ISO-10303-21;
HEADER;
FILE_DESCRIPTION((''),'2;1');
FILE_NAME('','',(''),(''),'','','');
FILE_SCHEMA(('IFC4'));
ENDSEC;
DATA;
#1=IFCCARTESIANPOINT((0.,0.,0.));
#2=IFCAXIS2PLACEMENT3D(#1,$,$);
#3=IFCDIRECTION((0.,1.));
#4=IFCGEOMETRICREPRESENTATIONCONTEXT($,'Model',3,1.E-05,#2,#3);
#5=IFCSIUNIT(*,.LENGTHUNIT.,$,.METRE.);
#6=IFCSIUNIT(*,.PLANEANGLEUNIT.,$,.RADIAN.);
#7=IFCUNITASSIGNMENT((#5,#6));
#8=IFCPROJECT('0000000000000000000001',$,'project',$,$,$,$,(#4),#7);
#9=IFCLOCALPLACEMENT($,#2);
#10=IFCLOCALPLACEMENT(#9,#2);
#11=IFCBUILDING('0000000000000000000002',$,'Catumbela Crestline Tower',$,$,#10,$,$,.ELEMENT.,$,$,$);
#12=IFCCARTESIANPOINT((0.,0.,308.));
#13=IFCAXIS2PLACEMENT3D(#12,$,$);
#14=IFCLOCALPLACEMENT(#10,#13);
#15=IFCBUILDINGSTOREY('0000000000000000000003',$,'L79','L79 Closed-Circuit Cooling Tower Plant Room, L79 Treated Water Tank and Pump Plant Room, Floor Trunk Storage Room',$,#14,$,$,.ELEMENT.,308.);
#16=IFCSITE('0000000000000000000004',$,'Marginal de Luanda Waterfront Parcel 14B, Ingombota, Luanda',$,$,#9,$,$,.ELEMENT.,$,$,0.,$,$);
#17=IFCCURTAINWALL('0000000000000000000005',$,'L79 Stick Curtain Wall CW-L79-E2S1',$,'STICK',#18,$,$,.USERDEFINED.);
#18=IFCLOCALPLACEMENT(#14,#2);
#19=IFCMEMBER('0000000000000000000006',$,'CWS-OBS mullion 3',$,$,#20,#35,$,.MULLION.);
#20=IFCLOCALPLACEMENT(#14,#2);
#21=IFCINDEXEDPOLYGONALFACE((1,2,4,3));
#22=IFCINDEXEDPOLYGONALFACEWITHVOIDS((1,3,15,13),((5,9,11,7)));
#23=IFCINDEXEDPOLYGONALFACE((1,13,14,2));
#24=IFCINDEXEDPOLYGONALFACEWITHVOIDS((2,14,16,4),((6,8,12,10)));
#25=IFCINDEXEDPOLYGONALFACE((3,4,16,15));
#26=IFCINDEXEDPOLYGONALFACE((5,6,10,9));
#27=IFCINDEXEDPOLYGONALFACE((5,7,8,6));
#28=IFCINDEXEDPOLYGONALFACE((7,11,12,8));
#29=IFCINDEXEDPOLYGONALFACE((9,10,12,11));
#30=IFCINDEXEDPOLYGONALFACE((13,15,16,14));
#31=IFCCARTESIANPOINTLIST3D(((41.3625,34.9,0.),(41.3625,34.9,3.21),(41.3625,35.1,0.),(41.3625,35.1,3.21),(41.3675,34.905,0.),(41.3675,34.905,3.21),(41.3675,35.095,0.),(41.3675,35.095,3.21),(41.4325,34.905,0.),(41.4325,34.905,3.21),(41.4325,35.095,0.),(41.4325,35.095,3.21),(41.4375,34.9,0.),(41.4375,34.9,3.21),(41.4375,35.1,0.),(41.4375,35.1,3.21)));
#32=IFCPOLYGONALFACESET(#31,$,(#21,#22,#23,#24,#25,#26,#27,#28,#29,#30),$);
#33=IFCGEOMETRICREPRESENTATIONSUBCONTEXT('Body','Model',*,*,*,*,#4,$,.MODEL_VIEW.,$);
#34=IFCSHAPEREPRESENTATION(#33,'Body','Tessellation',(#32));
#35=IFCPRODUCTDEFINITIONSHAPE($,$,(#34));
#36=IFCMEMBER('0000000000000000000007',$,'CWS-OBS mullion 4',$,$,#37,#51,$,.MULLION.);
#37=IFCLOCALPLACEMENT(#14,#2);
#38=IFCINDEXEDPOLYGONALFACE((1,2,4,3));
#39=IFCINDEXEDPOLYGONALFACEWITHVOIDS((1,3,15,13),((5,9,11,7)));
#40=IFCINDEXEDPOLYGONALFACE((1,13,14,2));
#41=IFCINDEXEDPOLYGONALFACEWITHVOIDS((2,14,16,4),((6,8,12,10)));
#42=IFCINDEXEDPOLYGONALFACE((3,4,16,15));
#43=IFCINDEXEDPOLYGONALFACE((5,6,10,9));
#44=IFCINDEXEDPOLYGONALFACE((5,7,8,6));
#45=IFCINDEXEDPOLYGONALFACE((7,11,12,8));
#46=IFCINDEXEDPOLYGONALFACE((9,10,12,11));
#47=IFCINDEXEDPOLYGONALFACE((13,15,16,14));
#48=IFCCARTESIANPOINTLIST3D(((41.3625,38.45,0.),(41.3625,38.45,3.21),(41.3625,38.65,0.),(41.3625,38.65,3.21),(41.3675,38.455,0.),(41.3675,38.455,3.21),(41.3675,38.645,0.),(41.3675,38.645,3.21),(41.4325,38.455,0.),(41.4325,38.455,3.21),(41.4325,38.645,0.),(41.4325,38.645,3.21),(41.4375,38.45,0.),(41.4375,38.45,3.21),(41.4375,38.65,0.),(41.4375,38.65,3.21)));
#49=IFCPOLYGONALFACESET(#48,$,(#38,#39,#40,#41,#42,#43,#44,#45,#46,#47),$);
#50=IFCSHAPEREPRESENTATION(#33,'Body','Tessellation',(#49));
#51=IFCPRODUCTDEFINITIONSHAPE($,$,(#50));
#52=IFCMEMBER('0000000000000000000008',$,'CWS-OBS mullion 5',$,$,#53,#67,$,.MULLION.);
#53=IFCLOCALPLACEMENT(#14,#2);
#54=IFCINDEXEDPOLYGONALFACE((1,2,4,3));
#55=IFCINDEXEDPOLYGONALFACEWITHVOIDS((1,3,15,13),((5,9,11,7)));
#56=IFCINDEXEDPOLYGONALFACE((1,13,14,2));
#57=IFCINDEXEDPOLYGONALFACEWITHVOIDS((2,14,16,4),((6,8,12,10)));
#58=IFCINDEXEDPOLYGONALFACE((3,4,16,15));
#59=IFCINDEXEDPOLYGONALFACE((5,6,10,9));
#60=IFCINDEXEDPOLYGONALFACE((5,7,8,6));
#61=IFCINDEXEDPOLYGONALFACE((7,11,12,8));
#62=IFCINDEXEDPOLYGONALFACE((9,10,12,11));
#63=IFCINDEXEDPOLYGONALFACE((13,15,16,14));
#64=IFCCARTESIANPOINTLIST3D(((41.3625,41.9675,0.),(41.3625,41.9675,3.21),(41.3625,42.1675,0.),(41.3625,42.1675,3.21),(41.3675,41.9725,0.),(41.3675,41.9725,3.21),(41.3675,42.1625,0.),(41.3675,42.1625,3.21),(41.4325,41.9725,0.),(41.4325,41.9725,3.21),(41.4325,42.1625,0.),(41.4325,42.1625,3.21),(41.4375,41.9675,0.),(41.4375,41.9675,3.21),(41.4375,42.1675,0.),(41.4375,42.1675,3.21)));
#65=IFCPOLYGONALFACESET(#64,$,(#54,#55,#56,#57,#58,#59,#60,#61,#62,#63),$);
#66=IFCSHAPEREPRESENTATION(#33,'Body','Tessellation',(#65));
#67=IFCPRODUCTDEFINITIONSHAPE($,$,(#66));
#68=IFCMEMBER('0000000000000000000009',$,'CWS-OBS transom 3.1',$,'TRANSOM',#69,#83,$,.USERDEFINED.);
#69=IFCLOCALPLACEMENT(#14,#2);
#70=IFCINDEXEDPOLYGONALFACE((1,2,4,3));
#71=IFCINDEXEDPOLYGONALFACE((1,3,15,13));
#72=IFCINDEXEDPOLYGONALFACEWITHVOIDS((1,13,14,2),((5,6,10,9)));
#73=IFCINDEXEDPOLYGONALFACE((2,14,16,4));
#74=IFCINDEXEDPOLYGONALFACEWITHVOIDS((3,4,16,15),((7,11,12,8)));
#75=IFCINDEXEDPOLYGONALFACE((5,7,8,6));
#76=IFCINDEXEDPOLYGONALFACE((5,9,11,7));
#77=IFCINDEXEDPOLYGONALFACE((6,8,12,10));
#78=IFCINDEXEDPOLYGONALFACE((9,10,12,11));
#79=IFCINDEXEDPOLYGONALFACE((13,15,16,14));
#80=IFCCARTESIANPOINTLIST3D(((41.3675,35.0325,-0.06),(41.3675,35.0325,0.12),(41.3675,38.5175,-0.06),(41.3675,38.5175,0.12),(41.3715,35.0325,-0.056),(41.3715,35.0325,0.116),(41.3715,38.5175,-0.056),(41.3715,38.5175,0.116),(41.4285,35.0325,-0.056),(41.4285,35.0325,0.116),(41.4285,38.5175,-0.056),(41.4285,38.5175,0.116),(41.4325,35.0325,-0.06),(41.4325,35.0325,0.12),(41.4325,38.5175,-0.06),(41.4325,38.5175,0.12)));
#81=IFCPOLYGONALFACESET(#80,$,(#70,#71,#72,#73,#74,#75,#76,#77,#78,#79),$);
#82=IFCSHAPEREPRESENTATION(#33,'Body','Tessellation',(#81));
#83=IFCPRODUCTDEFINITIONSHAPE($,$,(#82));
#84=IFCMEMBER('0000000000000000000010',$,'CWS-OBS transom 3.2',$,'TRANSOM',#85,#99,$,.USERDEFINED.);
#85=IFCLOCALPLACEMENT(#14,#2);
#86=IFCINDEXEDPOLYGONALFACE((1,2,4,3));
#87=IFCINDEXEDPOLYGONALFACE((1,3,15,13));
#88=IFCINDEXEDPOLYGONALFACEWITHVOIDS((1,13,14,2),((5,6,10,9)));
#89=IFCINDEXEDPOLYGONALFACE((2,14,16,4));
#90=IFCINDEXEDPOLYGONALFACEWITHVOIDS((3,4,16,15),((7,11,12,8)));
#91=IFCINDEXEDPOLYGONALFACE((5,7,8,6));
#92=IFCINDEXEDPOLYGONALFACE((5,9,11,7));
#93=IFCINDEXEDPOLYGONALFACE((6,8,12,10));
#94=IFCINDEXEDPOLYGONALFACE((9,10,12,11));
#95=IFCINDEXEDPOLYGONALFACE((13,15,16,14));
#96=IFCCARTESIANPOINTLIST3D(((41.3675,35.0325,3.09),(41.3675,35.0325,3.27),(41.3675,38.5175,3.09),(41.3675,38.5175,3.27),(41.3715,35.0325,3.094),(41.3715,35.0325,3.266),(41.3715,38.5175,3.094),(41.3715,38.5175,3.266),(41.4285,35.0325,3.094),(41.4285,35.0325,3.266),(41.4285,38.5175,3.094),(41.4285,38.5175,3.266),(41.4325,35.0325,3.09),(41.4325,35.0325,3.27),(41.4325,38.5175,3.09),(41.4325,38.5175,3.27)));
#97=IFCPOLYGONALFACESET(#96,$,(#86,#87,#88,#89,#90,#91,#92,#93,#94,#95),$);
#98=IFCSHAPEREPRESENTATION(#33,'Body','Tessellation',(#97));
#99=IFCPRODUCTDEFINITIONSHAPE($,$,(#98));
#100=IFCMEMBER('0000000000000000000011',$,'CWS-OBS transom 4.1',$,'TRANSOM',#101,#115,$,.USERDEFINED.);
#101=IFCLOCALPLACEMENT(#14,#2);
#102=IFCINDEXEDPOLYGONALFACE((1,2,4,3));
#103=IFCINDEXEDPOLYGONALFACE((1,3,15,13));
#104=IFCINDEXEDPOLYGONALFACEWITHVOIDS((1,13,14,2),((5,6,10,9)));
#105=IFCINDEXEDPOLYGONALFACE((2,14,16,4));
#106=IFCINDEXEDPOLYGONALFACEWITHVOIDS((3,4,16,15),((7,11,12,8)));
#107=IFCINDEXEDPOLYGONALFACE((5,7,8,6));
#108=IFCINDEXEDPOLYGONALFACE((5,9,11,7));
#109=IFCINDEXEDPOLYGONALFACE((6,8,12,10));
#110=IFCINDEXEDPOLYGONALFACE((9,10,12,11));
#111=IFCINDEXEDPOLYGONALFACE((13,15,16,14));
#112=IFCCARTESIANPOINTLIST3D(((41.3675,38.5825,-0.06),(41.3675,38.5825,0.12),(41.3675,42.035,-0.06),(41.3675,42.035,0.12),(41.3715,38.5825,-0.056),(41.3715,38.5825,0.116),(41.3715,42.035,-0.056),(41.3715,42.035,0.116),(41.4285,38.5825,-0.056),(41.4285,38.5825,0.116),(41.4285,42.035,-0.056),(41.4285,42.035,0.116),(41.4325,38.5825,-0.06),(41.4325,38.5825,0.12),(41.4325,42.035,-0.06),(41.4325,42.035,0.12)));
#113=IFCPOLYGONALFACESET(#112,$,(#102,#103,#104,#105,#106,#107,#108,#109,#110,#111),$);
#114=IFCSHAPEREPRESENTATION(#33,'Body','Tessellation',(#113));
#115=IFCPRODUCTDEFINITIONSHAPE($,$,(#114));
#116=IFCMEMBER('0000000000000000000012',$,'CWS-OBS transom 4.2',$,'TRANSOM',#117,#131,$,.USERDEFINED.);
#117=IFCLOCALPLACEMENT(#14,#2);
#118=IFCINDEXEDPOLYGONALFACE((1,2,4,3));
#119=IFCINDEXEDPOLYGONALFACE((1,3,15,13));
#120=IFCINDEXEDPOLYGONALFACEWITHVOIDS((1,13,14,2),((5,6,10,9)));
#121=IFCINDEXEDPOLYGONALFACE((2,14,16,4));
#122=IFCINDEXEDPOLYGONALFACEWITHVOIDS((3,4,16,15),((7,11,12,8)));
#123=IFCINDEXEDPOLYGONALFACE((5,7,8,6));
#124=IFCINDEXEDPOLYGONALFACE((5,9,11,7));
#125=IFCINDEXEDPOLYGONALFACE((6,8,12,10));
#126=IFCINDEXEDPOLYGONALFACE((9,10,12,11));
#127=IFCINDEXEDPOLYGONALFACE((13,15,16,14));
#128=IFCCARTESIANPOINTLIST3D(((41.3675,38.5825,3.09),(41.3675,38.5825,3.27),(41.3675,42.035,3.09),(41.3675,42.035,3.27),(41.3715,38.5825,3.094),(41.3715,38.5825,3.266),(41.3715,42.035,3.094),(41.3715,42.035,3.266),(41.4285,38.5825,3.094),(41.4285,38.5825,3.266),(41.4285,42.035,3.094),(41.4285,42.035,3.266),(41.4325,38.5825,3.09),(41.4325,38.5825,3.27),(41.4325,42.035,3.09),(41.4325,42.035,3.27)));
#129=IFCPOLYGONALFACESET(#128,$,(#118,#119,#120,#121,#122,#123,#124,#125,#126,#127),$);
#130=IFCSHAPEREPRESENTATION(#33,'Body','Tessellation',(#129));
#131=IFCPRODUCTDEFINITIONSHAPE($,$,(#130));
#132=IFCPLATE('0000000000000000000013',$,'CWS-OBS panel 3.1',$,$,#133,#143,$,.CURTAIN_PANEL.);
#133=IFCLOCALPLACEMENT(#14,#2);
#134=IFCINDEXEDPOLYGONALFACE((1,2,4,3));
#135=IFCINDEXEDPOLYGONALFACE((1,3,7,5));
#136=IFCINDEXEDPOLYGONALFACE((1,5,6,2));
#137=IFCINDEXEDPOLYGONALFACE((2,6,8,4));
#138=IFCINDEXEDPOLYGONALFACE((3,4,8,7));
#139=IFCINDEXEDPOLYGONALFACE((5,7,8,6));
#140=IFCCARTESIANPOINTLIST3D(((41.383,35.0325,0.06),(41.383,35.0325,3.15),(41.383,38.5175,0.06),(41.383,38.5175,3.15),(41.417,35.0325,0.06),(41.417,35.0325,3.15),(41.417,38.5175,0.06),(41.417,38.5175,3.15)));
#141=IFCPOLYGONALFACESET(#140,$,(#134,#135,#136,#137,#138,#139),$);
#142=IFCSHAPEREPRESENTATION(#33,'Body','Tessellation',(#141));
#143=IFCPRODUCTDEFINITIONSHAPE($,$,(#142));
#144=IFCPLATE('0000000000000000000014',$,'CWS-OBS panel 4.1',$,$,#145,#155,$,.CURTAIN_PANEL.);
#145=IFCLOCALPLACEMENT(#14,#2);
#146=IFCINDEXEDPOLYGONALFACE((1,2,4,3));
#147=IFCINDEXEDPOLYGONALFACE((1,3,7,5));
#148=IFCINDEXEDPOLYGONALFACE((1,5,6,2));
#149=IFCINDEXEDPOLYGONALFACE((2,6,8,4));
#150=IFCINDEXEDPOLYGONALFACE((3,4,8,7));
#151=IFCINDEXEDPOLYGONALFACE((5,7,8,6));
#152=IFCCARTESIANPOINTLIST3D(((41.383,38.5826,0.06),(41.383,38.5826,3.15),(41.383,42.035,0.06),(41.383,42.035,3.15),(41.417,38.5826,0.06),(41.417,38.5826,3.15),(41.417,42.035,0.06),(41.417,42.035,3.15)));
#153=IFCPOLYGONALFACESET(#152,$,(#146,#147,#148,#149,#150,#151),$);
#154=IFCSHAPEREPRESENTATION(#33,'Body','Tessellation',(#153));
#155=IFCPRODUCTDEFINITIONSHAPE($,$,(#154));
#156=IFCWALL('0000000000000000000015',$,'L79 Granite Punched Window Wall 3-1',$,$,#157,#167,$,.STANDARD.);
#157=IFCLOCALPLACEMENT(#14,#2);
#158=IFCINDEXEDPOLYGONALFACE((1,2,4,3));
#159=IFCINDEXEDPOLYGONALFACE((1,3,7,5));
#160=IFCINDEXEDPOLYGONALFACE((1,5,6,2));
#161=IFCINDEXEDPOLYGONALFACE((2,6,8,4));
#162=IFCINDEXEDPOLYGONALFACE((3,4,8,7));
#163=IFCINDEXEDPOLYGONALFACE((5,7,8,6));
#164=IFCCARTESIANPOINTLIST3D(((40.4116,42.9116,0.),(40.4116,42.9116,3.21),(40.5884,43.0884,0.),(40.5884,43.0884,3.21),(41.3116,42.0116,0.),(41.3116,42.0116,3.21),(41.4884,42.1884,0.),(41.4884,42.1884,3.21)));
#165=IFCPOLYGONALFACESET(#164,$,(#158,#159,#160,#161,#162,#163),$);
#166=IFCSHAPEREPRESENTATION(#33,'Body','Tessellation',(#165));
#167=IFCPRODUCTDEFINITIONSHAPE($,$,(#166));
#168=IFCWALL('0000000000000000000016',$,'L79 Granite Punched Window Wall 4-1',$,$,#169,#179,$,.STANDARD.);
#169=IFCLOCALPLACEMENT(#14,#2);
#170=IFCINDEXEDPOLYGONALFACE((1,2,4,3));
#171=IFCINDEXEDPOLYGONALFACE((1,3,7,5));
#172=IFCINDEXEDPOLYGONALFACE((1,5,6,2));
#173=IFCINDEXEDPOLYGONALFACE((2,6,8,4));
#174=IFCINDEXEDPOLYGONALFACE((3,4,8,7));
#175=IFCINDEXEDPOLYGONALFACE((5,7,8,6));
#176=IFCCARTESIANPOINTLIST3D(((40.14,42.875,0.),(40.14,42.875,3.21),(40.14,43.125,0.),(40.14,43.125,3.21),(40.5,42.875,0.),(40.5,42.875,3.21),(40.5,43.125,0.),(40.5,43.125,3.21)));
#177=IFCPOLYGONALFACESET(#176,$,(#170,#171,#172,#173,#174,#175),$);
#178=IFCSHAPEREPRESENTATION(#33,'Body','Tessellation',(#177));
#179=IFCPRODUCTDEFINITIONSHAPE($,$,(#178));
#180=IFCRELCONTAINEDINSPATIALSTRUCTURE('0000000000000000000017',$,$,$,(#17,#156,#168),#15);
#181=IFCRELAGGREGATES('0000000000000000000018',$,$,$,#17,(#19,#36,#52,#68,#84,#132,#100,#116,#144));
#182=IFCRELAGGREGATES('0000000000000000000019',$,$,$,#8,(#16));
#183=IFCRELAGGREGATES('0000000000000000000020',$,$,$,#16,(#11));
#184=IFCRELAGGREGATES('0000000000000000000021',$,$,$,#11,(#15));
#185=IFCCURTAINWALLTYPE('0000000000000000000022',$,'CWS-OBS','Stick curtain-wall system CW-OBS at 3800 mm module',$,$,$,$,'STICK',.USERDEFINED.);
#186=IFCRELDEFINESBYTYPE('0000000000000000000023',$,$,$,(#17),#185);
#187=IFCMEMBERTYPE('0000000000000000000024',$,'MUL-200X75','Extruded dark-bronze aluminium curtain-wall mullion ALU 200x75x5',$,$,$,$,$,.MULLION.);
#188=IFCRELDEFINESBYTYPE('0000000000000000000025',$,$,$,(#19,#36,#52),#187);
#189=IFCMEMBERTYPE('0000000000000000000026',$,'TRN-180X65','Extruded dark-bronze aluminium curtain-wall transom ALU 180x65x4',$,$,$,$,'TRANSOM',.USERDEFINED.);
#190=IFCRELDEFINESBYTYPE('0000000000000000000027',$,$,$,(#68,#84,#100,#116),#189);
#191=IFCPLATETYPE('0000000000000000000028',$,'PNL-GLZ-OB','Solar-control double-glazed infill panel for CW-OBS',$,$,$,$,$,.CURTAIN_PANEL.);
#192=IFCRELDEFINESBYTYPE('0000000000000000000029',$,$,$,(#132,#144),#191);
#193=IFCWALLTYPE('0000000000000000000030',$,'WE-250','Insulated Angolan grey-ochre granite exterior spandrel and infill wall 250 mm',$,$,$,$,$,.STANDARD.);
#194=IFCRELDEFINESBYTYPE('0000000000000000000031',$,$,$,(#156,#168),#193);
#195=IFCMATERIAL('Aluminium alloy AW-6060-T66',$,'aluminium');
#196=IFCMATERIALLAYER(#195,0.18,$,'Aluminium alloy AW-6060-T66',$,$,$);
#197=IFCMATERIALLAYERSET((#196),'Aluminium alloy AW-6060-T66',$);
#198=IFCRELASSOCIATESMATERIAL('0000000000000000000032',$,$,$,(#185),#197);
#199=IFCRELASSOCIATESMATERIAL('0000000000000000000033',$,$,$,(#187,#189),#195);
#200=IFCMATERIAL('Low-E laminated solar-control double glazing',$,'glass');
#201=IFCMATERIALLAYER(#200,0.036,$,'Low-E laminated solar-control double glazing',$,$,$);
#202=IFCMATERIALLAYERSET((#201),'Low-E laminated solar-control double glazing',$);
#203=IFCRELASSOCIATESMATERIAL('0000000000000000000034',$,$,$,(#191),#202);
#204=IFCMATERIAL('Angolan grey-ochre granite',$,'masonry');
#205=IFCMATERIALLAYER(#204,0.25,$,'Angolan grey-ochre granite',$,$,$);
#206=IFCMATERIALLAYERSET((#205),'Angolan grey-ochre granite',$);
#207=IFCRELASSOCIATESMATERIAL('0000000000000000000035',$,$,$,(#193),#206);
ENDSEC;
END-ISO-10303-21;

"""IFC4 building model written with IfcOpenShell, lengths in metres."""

from ifc_helpers import new_model, si_unit, direction, frame, frame_2d, origin, origin_2d, place, context, subcontext, project, spatial, rectangle, hollow_rectangle, extrude, material, layer, layer_set, material_profile, profile_set, type_object, element, aggregate, save


model = new_model("IFC4")

# Units and contexts
model_context = context("Model", 3, precision=1e-05, world=origin(), true_north=direction((0.0, 1.0)))
body_context = subcontext(model_context, "Body", "Model", "MODEL_VIEW")
ifc_project = project(units=[si_unit("LENGTHUNIT", "METRE"), si_unit("PLANEANGLEUNIT", "RADIAN")], contexts=[model_context])

# Site, building, storey
site_placement = place(None, origin())
site = spatial("IfcSite", under=ifc_project, at=site_placement, Name="Marginal de Luanda Waterfront Parcel 14B, Ingombota, Luanda", CompositionType="ELEMENT", RefElevation=0.0)
building_placement = place(site_placement, origin())
building = spatial("IfcBuilding", under=site, at=building_placement, Name="Catumbela Crestline Tower", CompositionType="ELEMENT")
storey_placement = place(building_placement, frame((0.0, 0.0, 308.0)))
storey = spatial("IfcBuildingStorey", under=building, at=storey_placement, Name="L79", Description="L79 Closed-Circuit Cooling Tower Plant Room, L79 Treated Water Tank and Pump Plant Room, Floor Trunk Storage Room", CompositionType="ELEMENT", Elevation=308.0)

# Curtain wall, members, plates
ifc_material_1 = material(Name="Aluminium alloy AW-6060-T66", Category="aluminium")
ifc_layer_1 = layer(ifc_material_1, 0.18, Name="Aluminium alloy AW-6060-T66")
ifc_layer_set_1 = layer_set([ifc_layer_1], Name="Aluminium alloy AW-6060-T66")
curtain_wall_type = type_object("IfcCurtainWallType", Name="CWS-OBS", Description="Stick curtain-wall system CW-OBS at 3800 mm module", ElementType="STICK", PredefinedType="USERDEFINED", material=ifc_layer_set_1)
curtain_wall_placement = place(storey_placement, origin())
curtain_wall = element("IfcCurtainWall", 1, at=curtain_wall_placement, inside=storey, type_object=curtain_wall_type, Name="L79 Stick Curtain Wall CW-L79-E2S1", ObjectType="STICK", PredefinedType="USERDEFINED")
ifc_material_profile_1 = material_profile(ifc_material_1, hollow_rectangle(XDim=0.075, YDim=0.2, WallThickness=0.005, at=origin_2d()), Name="ALU 200x75x5")
ifc_profile_set_1 = profile_set([ifc_material_profile_1], Name="Aluminium alloy AW-6060-T66")
member_type_1 = type_object("IfcMemberType", Name="MUL-200X75", Description="Extruded dark-bronze aluminium curtain-wall mullion ALU 200x75x5", PredefinedType="MULLION", material=ifc_profile_set_1)
member_1_placement = place(storey_placement, frame((41.4, 35.0, 0.0), z_axis=(0.0, 0.0, 1.0), x_axis=(-1.0, 0.0, 0.0)))
member_1 = element("IfcMember", 2, at=member_1_placement, type_object=member_type_1, Name="CWS-OBS mullion 3", PredefinedType="MULLION", context=body_context, shape_type="SweptSolid", body=[
    extrude(hollow_rectangle(XDim=0.075, YDim=0.2, WallThickness=0.005, at=origin_2d()), origin(), (0.0, 0.0, 1.0), 3.21),
])
member_2_placement = place(storey_placement, frame((41.4, 38.55, 0.0), z_axis=(0.0, 0.0, 1.0), x_axis=(-1.0, 0.0, 0.0)))
member_2 = element("IfcMember", 3, at=member_2_placement, type_object=member_type_1, Name="CWS-OBS mullion 4", PredefinedType="MULLION", context=body_context, shape_type="SweptSolid", body=[
    extrude(hollow_rectangle(XDim=0.075, YDim=0.2, WallThickness=0.005, at=origin_2d()), origin(), (0.0, 0.0, 1.0), 3.21),
])
member_3_placement = place(storey_placement, frame((41.4, 42.0675, 0.0), z_axis=(0.0, 0.0, 1.0), x_axis=(-1.0, 0.0, 0.0)))
member_3 = element("IfcMember", 4, at=member_3_placement, type_object=member_type_1, Name="CWS-OBS mullion 5", PredefinedType="MULLION", context=body_context, shape_type="SweptSolid", body=[
    extrude(hollow_rectangle(XDim=0.075, YDim=0.2, WallThickness=0.005, at=origin_2d()), origin(), (0.0, 0.0, 1.0), 3.21),
])
ifc_material_profile_2 = material_profile(ifc_material_1, hollow_rectangle(XDim=0.065, YDim=0.18, WallThickness=0.004, at=origin_2d()), Name="ALU 180x65x4")
ifc_profile_set_2 = profile_set([ifc_material_profile_2], Name="Aluminium alloy AW-6060-T66")
member_type_2 = type_object("IfcMemberType", Name="TRN-180X65", Description="Extruded dark-bronze aluminium curtain-wall transom ALU 180x65x4", ElementType="TRANSOM", PredefinedType="USERDEFINED", material=ifc_profile_set_2)
member_4_placement = place(storey_placement, frame((41.4, 35.0325, 0.03), z_axis=(0.0, 1.0, 0.0), x_axis=(-1.0, 0.0, 0.0)))
member_4 = element("IfcMember", 5, at=member_4_placement, type_object=member_type_2, Name="CWS-OBS transom 3.1", ObjectType="TRANSOM", PredefinedType="USERDEFINED", context=body_context, shape_type="SweptSolid", body=[
    extrude(hollow_rectangle(XDim=0.065, YDim=0.18, WallThickness=0.004, at=origin_2d()), origin(), (0.0, 0.0, 1.0), 3.485),
])
member_5_placement = place(storey_placement, frame((41.4, 35.0325, 3.18), z_axis=(0.0, 1.0, 0.0), x_axis=(-1.0, 0.0, 0.0)))
member_5 = element("IfcMember", 6, at=member_5_placement, type_object=member_type_2, Name="CWS-OBS transom 3.2", ObjectType="TRANSOM", PredefinedType="USERDEFINED", context=body_context, shape_type="SweptSolid", body=[
    extrude(hollow_rectangle(XDim=0.065, YDim=0.18, WallThickness=0.004, at=origin_2d()), origin(), (0.0, 0.0, 1.0), 3.485),
])
member_6_placement = place(storey_placement, frame((41.4, 38.5825, 0.03), z_axis=(0.0, 1.0, 0.0), x_axis=(-1.0, 0.0, 0.0)))
member_6 = element("IfcMember", 7, at=member_6_placement, type_object=member_type_2, Name="CWS-OBS transom 4.1", ObjectType="TRANSOM", PredefinedType="USERDEFINED", context=body_context, shape_type="SweptSolid", body=[
    extrude(hollow_rectangle(XDim=0.065, YDim=0.18, WallThickness=0.004, at=origin_2d()), origin(), (0.0, 0.0, 1.0), 3.4525),
])
member_7_placement = place(storey_placement, frame((41.4, 38.5825, 3.18), z_axis=(0.0, 1.0, 0.0), x_axis=(-1.0, 0.0, 0.0)))
member_7 = element("IfcMember", 8, at=member_7_placement, type_object=member_type_2, Name="CWS-OBS transom 4.2", ObjectType="TRANSOM", PredefinedType="USERDEFINED", context=body_context, shape_type="SweptSolid", body=[
    extrude(hollow_rectangle(XDim=0.065, YDim=0.18, WallThickness=0.004, at=origin_2d()), origin(), (0.0, 0.0, 1.0), 3.4525),
])
ifc_material_2 = material(Name="Low-E laminated solar-control double glazing", Category="glass")
ifc_layer_2 = layer(ifc_material_2, 0.036, Name="Low-E laminated solar-control double glazing")
ifc_layer_set_2 = layer_set([ifc_layer_2], Name="Low-E laminated solar-control double glazing")
plate_type = type_object("IfcPlateType", Name="PNL-GLZ-OB", Description="Solar-control double-glazed infill panel for CW-OBS", PredefinedType="CURTAIN_PANEL", material=ifc_layer_set_2)
plate_1_placement = place(storey_placement, frame((41.4, 36.775, 0.06), z_axis=(0.0, 0.0, 1.0), x_axis=(0.0, 1.0, 0.0)))
plate_1 = element("IfcPlate", 9, at=plate_1_placement, type_object=plate_type, Name="CWS-OBS panel 3.1", PredefinedType="CURTAIN_PANEL", context=body_context, shape_type="SweptSolid", body=[
    extrude(rectangle(XDim=3.485, YDim=0.034, at=origin_2d()), origin(), (0.0, 0.0, 1.0), 3.09),
])
plate_2_placement = place(storey_placement, frame((41.4, 40.3088, 0.06), z_axis=(0.0, 0.0, 1.0), x_axis=(0.0, 1.0, 0.0)))
plate_2 = element("IfcPlate", 10, at=plate_2_placement, type_object=plate_type, Name="CWS-OBS panel 4.1", PredefinedType="CURTAIN_PANEL", context=body_context, shape_type="SweptSolid", body=[
    extrude(rectangle(XDim=3.4525, YDim=0.034, at=origin_2d()), origin(), (0.0, 0.0, 1.0), 3.09),
])
aggregate(curtain_wall, [member_1, member_2, member_3, member_4, member_5, plate_1, member_6, member_7, plate_2])

# Walls
ifc_material_3 = material(Name="Angolan grey-ochre granite", Category="masonry")
ifc_layer_3 = layer(ifc_material_3, 0.25, Name="Angolan grey-ochre granite")
ifc_layer_set_3 = layer_set([ifc_layer_3], Name="Angolan grey-ochre granite")
wall_type = type_object("IfcWallType", Name="WE-250", Description="Insulated Angolan grey-ochre granite exterior spandrel and infill wall 250 mm", PredefinedType="STANDARD", material=ifc_layer_set_3)
wall_1_placement = place(storey_placement, frame((41.4, 42.1, 0.0), z_axis=(0.0, 0.0, 1.0), x_axis=(-0.707107, 0.707107, 0.0)))
element("IfcWall", 11, at=wall_1_placement, inside=storey, type_object=wall_type, Name="L79 Granite Punched Window Wall 3-1", PredefinedType="STANDARD", context=body_context, shape_type="SweptSolid", body=[
    extrude(rectangle(XDim=1.2728, YDim=0.25, at=frame_2d((0.6364, 0.0))), origin(), (0.0, 0.0, 1.0), 3.21),
])
wall_2_placement = place(storey_placement, frame((40.5, 43.0, 0.0), z_axis=(0.0, 0.0, 1.0), x_axis=(-1.0, 0.0, 0.0)))
element("IfcWall", 12, at=wall_2_placement, inside=storey, type_object=wall_type, Name="L79 Granite Punched Window Wall 4-1", PredefinedType="STANDARD", context=body_context, shape_type="SweptSolid", body=[
    extrude(rectangle(XDim=0.36, YDim=0.25, at=frame_2d((0.18, 0.0))), origin(), (0.0, 0.0, 1.0), 3.21),
])

save(model, "model.ifc")
